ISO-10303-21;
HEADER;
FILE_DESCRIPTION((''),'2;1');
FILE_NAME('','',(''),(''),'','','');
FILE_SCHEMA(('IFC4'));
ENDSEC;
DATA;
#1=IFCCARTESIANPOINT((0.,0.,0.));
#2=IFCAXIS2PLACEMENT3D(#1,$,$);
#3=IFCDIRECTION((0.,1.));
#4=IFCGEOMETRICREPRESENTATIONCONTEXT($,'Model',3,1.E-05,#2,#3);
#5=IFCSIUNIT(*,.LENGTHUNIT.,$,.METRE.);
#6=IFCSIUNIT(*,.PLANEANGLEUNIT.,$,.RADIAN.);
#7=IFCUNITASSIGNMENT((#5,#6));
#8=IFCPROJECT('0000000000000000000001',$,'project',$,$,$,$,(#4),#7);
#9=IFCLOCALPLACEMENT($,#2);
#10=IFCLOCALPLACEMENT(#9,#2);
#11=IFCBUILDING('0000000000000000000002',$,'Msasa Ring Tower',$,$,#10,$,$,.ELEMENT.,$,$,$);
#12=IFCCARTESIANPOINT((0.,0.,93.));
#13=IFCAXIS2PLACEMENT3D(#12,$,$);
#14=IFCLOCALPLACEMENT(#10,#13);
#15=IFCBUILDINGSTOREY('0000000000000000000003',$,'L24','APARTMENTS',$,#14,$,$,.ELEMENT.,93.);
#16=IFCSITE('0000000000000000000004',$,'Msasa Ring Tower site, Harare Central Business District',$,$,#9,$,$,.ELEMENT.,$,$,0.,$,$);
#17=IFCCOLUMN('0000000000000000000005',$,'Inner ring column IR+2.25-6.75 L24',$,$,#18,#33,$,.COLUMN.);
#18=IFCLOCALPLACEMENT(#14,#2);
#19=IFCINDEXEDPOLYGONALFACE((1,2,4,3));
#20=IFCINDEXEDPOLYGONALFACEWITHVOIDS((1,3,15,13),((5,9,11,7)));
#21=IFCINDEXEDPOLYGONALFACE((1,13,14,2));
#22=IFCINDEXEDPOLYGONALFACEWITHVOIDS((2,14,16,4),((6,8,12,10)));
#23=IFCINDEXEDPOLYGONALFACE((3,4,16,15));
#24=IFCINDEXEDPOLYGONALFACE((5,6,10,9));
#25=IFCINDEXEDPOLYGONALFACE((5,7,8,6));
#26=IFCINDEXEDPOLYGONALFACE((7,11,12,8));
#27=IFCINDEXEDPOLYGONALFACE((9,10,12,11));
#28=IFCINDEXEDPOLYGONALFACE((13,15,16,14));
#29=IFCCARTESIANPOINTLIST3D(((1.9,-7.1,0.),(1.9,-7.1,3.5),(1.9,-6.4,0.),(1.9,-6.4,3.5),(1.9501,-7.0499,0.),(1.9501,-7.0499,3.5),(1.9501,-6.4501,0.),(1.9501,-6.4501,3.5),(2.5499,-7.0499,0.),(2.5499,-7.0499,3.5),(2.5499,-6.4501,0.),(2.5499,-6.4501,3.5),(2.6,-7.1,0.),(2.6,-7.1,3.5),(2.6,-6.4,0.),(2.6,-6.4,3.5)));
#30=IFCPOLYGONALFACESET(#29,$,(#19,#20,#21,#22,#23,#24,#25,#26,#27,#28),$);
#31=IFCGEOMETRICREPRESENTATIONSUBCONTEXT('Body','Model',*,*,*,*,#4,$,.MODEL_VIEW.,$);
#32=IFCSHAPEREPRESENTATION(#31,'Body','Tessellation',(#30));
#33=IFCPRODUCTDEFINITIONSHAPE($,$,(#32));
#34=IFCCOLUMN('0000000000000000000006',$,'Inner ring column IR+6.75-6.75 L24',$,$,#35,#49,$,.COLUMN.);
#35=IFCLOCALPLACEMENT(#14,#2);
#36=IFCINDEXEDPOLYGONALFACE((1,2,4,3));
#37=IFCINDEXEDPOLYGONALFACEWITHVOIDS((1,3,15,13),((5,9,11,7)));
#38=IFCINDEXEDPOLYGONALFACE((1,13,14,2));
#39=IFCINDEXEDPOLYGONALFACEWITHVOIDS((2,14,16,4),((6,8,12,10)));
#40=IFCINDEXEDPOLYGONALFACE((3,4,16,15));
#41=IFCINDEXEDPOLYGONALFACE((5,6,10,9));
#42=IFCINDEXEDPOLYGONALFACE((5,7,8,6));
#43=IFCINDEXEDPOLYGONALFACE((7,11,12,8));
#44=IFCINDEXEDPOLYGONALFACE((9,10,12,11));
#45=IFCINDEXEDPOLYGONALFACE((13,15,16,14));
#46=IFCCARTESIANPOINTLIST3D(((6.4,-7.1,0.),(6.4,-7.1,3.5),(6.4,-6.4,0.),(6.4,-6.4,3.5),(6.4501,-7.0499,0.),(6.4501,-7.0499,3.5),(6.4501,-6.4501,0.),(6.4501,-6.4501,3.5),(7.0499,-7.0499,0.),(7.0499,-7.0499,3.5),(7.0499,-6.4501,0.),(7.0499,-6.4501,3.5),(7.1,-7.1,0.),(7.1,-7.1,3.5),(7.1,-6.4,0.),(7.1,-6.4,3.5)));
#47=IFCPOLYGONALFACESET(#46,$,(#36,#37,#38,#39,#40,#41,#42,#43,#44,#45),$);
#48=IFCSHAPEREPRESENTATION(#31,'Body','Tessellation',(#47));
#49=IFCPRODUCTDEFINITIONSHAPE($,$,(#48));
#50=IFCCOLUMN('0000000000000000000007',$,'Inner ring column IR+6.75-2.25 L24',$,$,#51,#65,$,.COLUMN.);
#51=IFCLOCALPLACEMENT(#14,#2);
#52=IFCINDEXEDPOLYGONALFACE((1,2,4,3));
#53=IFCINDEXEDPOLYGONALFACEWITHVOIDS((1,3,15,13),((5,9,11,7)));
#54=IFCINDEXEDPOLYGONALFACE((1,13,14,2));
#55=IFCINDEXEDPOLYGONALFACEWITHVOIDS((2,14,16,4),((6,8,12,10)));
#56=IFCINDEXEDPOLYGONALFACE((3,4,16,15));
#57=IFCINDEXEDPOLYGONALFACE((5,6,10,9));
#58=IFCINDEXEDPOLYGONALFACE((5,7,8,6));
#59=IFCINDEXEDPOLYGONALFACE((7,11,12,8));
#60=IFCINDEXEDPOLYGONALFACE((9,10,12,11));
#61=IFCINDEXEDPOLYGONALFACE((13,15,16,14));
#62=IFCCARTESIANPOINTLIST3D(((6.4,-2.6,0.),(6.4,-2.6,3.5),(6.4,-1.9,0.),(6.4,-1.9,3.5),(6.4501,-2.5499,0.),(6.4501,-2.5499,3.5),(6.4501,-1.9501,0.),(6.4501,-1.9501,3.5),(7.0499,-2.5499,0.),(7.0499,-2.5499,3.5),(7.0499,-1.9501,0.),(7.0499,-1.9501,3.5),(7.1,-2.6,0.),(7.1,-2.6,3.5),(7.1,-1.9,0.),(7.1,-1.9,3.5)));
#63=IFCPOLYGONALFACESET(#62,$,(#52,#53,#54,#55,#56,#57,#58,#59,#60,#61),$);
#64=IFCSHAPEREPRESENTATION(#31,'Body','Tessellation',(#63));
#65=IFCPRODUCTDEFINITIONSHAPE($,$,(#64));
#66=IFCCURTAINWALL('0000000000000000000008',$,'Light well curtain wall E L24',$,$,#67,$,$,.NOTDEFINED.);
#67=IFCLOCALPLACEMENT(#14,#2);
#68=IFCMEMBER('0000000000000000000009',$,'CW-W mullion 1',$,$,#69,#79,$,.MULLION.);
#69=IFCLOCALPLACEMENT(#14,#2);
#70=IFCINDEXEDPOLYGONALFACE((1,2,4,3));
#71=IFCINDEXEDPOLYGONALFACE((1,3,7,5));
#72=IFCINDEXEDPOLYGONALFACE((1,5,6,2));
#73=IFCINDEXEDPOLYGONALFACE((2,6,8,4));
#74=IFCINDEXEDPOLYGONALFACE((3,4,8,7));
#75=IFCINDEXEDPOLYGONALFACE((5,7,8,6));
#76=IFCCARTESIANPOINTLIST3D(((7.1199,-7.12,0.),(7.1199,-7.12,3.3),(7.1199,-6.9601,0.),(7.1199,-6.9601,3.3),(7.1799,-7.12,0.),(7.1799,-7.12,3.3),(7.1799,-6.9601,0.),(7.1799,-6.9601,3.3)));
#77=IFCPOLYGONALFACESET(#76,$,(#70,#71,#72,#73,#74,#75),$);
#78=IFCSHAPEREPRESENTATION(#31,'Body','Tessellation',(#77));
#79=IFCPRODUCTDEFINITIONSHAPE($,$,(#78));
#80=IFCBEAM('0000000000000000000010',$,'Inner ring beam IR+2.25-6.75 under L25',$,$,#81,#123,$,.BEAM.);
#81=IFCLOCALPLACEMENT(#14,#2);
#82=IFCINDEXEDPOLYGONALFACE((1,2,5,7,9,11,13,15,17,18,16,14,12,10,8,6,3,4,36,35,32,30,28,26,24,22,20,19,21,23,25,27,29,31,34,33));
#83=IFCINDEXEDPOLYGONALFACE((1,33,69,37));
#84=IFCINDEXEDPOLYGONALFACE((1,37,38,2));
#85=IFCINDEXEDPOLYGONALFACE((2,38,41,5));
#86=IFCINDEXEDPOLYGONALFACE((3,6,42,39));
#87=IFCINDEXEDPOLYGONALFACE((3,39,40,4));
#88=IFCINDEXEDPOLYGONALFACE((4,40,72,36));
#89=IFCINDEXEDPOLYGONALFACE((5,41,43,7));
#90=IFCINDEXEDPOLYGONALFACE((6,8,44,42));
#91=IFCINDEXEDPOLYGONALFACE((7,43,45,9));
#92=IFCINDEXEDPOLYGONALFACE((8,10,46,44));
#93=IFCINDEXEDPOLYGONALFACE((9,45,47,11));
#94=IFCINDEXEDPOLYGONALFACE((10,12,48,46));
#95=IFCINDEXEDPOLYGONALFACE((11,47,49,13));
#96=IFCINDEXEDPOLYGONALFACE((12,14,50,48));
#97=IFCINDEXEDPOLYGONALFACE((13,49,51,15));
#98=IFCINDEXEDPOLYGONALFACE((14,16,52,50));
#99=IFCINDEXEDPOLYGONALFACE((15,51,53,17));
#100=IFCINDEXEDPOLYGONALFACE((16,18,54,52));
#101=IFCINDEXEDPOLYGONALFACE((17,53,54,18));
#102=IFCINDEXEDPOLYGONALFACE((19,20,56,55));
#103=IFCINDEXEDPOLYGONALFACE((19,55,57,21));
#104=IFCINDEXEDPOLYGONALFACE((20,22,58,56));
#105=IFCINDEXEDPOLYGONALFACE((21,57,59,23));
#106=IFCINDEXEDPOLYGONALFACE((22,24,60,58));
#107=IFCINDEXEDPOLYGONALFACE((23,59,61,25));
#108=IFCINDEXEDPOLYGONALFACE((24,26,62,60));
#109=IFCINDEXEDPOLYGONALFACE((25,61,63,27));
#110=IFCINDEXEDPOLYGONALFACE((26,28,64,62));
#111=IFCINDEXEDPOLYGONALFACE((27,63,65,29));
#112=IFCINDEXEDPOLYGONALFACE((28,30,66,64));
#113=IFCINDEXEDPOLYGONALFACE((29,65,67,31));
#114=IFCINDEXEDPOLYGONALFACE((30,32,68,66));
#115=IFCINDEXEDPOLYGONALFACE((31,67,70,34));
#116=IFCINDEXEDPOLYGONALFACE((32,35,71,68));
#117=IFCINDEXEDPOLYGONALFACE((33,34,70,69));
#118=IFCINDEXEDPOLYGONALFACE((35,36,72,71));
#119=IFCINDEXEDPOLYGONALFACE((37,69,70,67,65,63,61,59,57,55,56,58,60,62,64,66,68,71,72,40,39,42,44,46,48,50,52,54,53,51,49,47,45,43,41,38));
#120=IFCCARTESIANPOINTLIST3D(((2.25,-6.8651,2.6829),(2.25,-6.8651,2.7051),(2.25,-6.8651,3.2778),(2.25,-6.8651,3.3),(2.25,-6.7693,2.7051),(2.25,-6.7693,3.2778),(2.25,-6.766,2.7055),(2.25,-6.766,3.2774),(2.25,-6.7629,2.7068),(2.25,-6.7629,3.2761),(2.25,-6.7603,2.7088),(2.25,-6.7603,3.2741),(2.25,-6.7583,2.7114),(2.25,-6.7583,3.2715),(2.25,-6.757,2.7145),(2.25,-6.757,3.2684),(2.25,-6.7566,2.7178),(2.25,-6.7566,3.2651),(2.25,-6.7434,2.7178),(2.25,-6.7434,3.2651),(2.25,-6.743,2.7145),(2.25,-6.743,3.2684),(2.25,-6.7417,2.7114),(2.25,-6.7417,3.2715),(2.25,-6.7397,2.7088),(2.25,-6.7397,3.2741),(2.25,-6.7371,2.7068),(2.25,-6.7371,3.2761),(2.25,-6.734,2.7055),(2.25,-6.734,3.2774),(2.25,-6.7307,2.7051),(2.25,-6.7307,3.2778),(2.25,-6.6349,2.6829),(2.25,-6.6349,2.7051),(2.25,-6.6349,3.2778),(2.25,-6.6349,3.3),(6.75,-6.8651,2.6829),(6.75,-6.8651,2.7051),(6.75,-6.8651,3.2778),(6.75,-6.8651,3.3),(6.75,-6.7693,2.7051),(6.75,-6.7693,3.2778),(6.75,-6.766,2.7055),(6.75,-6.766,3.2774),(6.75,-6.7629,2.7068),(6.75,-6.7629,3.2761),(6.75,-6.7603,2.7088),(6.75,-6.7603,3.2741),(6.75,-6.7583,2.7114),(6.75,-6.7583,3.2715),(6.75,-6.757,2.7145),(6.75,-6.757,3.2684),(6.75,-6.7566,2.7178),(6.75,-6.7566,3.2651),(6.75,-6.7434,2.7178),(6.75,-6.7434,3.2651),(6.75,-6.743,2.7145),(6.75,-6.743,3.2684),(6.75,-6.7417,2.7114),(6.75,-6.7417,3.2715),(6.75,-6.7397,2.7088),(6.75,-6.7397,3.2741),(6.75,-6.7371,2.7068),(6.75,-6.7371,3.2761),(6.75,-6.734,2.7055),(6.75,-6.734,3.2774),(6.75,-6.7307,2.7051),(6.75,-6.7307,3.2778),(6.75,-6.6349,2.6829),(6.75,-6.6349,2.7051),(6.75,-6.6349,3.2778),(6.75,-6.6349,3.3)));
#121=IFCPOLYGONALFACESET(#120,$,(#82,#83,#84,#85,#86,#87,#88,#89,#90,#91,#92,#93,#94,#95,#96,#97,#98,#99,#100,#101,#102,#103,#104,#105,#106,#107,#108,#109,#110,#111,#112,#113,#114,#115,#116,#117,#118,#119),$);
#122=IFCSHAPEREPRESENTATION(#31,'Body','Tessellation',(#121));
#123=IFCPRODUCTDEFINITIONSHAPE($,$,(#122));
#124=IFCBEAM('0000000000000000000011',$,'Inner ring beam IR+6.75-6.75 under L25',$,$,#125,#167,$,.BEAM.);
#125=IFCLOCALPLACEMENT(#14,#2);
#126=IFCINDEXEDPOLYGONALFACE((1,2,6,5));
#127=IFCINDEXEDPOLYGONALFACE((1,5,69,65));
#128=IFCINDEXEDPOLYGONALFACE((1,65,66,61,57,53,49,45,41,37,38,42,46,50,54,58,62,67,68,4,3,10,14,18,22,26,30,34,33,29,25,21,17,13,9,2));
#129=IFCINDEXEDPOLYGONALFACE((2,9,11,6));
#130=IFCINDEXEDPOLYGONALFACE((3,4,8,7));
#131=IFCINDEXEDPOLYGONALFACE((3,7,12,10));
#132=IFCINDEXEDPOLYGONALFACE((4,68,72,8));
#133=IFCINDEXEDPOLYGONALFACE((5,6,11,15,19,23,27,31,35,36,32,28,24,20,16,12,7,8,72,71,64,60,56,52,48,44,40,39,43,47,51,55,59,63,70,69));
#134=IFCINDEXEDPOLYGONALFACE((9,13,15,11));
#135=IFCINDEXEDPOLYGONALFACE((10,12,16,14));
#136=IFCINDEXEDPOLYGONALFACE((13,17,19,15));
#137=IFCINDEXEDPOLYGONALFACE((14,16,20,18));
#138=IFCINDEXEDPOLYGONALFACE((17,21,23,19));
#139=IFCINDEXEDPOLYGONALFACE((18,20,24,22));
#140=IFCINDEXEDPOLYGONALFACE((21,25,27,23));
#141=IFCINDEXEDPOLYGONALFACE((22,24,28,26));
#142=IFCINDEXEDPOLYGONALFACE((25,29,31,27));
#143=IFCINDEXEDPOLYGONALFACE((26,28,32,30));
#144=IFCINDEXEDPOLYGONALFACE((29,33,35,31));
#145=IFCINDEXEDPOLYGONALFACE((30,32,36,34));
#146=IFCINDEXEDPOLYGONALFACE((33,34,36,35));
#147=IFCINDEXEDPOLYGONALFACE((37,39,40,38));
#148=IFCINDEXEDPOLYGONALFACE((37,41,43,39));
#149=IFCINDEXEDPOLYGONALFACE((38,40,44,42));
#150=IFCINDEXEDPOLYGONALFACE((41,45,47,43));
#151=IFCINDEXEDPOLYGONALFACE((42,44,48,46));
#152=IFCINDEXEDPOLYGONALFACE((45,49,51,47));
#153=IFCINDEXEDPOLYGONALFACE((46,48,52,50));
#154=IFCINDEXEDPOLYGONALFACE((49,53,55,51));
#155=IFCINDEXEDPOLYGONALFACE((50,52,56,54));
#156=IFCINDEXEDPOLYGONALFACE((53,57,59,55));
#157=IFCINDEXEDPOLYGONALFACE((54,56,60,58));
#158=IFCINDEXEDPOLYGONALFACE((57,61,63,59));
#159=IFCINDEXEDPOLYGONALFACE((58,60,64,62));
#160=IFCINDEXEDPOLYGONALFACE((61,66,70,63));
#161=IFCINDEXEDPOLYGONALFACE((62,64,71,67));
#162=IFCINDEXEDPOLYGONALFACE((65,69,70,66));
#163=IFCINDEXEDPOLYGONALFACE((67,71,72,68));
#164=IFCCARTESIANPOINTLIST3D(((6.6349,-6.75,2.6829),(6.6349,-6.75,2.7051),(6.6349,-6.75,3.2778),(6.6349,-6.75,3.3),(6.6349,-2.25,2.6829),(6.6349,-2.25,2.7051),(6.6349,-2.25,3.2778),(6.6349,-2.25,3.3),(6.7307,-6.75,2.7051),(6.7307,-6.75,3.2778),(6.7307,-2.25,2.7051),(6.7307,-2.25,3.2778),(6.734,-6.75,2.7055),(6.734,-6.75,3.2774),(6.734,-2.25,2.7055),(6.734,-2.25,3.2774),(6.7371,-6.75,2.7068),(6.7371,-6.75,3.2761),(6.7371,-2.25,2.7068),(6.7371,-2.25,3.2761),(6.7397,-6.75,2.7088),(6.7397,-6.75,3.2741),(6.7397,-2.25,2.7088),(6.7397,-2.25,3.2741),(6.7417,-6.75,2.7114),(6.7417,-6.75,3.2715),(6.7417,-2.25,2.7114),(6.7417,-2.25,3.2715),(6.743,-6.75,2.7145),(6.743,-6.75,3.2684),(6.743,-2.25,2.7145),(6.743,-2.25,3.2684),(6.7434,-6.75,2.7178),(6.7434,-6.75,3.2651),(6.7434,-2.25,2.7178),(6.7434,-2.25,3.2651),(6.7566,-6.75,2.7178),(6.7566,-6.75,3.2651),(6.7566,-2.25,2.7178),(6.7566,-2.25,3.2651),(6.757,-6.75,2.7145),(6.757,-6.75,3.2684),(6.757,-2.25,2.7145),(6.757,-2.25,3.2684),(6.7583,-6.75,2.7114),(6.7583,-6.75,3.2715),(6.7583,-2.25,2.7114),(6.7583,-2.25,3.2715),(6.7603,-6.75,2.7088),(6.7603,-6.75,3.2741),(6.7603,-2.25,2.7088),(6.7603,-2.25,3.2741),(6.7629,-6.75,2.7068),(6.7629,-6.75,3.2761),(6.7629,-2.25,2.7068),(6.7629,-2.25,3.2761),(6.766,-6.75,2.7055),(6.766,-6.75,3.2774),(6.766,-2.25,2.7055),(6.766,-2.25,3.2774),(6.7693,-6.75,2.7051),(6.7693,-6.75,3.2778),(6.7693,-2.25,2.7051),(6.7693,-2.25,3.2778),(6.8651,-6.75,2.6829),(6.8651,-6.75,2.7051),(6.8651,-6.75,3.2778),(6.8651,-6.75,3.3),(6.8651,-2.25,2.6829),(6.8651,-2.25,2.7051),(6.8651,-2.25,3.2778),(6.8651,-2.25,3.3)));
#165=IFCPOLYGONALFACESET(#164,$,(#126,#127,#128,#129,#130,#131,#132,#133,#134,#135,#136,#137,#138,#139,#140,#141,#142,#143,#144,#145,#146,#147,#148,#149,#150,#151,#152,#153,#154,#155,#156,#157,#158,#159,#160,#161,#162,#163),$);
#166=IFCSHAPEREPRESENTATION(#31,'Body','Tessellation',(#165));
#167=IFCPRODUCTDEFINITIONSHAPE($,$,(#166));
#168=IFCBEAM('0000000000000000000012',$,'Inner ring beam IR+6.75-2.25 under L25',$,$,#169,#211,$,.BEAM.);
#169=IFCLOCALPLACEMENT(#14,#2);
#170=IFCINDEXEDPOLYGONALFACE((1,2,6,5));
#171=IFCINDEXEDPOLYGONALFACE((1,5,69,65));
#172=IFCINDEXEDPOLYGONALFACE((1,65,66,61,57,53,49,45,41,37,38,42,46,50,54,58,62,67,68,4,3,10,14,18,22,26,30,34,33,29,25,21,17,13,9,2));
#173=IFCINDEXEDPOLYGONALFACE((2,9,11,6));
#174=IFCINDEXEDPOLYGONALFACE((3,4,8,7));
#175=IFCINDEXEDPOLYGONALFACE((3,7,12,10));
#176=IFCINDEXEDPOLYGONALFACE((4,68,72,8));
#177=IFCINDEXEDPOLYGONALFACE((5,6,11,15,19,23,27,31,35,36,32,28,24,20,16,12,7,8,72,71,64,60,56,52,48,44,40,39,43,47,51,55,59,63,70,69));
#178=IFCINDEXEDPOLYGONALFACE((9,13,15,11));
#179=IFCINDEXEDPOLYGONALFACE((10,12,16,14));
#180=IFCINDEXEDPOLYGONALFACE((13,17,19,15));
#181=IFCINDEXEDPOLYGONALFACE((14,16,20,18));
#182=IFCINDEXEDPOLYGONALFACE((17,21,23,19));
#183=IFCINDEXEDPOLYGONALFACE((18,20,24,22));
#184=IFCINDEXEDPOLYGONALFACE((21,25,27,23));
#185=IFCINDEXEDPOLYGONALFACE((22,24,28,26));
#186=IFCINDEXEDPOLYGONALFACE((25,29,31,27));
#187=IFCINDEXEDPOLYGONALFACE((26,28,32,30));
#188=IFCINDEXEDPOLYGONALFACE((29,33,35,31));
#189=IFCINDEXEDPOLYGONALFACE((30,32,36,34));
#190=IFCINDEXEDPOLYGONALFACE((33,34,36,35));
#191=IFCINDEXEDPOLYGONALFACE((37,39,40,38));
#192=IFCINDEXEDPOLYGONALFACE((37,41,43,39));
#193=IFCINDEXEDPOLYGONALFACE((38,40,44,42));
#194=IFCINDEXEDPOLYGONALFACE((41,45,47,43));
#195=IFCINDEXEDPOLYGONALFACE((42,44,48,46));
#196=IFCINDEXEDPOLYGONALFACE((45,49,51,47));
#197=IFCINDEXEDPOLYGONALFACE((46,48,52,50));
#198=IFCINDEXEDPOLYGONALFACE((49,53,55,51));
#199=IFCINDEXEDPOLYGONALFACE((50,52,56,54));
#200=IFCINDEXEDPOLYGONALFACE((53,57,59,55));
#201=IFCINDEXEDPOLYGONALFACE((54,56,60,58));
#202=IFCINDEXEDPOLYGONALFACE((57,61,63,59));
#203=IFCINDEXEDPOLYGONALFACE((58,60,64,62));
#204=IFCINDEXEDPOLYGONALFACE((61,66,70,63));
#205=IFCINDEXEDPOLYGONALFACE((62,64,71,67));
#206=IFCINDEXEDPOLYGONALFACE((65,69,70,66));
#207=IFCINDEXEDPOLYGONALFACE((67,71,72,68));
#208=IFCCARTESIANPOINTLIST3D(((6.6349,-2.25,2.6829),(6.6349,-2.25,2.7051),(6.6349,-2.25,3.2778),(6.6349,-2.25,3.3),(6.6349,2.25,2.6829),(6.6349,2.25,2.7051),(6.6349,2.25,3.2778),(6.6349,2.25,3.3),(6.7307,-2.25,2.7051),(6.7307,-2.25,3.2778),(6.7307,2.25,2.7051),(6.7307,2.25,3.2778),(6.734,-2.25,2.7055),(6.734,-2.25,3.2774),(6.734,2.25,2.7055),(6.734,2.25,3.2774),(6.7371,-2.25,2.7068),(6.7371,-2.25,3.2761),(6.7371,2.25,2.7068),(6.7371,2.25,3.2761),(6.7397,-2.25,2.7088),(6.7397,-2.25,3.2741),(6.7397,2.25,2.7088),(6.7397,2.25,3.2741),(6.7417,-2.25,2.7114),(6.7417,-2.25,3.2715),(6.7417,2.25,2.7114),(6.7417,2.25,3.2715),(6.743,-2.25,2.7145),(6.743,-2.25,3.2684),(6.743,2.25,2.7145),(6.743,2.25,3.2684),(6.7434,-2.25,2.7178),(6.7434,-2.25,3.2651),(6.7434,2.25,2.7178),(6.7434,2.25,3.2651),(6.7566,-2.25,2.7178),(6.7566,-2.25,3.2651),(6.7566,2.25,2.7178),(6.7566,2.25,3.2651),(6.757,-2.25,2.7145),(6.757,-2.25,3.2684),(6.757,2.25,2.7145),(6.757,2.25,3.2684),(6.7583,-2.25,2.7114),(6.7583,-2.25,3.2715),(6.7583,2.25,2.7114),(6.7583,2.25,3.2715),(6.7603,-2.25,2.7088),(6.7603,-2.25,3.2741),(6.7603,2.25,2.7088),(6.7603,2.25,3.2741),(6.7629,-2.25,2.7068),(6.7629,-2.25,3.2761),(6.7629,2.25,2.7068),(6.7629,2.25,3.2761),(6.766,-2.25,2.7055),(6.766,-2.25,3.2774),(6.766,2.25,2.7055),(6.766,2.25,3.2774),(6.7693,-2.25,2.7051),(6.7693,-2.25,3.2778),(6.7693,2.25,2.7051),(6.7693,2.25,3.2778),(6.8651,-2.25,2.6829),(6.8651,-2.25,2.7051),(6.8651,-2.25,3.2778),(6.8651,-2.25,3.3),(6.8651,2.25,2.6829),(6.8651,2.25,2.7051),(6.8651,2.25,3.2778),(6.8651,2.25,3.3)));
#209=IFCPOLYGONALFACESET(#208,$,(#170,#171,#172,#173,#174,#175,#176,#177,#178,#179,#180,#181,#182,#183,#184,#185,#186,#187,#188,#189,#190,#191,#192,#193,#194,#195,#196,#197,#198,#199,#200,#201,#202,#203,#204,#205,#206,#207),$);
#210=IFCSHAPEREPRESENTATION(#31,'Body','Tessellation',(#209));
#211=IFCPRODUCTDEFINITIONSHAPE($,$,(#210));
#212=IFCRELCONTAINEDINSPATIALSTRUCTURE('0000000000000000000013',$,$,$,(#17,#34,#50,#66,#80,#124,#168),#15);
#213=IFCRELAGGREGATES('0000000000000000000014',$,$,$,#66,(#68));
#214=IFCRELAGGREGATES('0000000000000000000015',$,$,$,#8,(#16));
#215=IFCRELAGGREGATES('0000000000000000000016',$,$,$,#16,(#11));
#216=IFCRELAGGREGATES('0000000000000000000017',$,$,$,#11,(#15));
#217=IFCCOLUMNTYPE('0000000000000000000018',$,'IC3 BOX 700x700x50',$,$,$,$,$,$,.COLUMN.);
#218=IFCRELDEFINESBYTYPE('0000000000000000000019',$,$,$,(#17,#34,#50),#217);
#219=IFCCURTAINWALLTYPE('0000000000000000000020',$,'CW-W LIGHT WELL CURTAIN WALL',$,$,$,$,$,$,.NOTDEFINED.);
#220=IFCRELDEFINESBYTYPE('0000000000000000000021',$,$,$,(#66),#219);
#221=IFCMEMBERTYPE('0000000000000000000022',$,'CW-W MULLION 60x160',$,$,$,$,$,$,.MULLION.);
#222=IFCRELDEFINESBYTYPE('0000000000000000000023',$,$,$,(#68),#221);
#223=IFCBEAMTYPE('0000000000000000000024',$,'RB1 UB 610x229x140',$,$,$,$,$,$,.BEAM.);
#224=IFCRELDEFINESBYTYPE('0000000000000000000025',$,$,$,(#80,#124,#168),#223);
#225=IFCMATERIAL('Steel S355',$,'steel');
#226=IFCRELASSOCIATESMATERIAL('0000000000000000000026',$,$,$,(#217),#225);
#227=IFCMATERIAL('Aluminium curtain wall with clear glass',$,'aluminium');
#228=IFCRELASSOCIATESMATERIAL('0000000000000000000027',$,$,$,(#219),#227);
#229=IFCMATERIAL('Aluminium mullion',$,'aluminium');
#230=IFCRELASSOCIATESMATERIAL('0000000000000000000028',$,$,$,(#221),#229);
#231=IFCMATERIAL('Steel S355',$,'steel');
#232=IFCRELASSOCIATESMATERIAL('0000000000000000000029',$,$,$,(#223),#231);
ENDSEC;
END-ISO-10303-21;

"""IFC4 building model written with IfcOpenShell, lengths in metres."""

from ifc_helpers import new_model, si_unit, direction, frame, origin, origin_2d, place, context, subcontext, project, spatial, rectangle, hollow_rectangle, i_section, extrude, material, material_profile, profile_set, type_object, element, aggregate, save


model = new_model("IFC4")

# Units and contexts
model_context = context("Model", 3, precision=1e-05, world=origin(), true_north=direction((0.0, 1.0)))
body_context = subcontext(model_context, "Body", "Model", "MODEL_VIEW")
ifc_project = project(units=[si_unit("LENGTHUNIT", "METRE"), si_unit("PLANEANGLEUNIT", "RADIAN")], contexts=[model_context])

# Site, building, storey
site_placement = place(None, origin())
site = spatial("IfcSite", under=ifc_project, at=site_placement, Name="Msasa Ring Tower site, Harare Central Business District", CompositionType="ELEMENT", RefElevation=0.0)
building_placement = place(site_placement, origin())
building = spatial("IfcBuilding", under=site, at=building_placement, Name="Msasa Ring Tower", CompositionType="ELEMENT")
storey_placement = place(building_placement, frame((0.0, 0.0, 93.0)))
storey = spatial("IfcBuildingStorey", under=building, at=storey_placement, Name="L24", Description="APARTMENTS", CompositionType="ELEMENT", Elevation=93.0)

# Columns
ifc_material_1 = material(Name="Steel S355", Category="steel")
ifc_material_profile_1 = material_profile(ifc_material_1, hollow_rectangle(XDim=0.7, YDim=0.7, WallThickness=0.05, at=origin_2d()), Name="BOX 700x700x50")
ifc_profile_set_1 = profile_set([ifc_material_profile_1], Name="Steel S355")
column_type = type_object("IfcColumnType", Name="IC3 BOX 700x700x50", PredefinedType="COLUMN", material=ifc_profile_set_1)
for number, where, z_axis, x_axis, name in (
    (1, (2.25, -6.75, 0.0), (0.0, 0.0, 1.0), (1.0, 0.0, 0.0), "Inner ring column IR+2.25-6.75 L24"),
    (2, (6.75, -6.75, 0.0), (0.0, 0.0, 1.0), (1.0, 0.0, 0.0), "Inner ring column IR+6.75-6.75 L24"),
    (3, (6.75, -2.25, 0.0), (0.0, 0.0, 1.0), (1.0, 0.0, 0.0), "Inner ring column IR+6.75-2.25 L24"),
):
    element("IfcColumn", number, at=place(storey_placement, frame(where, z_axis=z_axis, x_axis=x_axis)), inside=storey, type_object=column_type, Name=name, PredefinedType="COLUMN", context=body_context, shape_type="SweptSolid", body=[
        extrude(hollow_rectangle(XDim=0.7, YDim=0.7, WallThickness=0.05, at=origin_2d()), origin(), (0.0, 0.0, 1.0), 3.5),
    ])

# Curtain wall, member
ifc_material_2 = material(Name="Aluminium curtain wall with clear glass", Category="aluminium")
curtain_wall_type = type_object("IfcCurtainWallType", Name="CW-W LIGHT WELL CURTAIN WALL", PredefinedType="NOTDEFINED", material=ifc_material_2)
curtain_wall_1_placement = place(storey_placement, origin())
curtain_wall_1 = element("IfcCurtainWall", 4, at=curtain_wall_1_placement, inside=storey, type_object=curtain_wall_type, Name="Light well curtain wall E L24", PredefinedType="NOTDEFINED")
ifc_material_3 = material(Name="Aluminium mullion", Category="aluminium")
ifc_material_profile_2 = material_profile(ifc_material_3, rectangle(XDim=0.0601, YDim=0.1599, at=origin_2d()), Name="AL 60x160")
ifc_profile_set_2 = profile_set([ifc_material_profile_2], Name="Aluminium mullion")
member_type = type_object("IfcMemberType", Name="CW-W MULLION 60x160", PredefinedType="MULLION", material=ifc_profile_set_2)
member_placement = place(storey_placement, frame((7.1499, -7.04, 0.0), z_axis=(0.0, 0.0, 1.0), x_axis=(-1.0, 0.0, 0.0)))
member = element("IfcMember", 5, at=member_placement, type_object=member_type, Name="CW-W mullion 1", PredefinedType="MULLION", context=body_context, shape_type="SweptSolid", body=[
    extrude(rectangle(XDim=0.0601, YDim=0.1599, at=origin_2d()), origin(), (0.0, 0.0, 1.0), 3.3),
])
aggregate(curtain_wall_1, [member])

# Beams
ifc_material_4 = material(Name="Steel S355", Category="steel")
ifc_material_profile_3 = material_profile(ifc_material_4, i_section(OverallWidth=0.2302, OverallDepth=0.6172, WebThickness=0.0132, FlangeThickness=0.0222, FilletRadius=0.0127, at=origin_2d()), Name="UB 610x229x140")
ifc_profile_set_3 = profile_set([ifc_material_profile_3], Name="Steel S355")
beam_type = type_object("IfcBeamType", Name="RB1 UB 610x229x140", PredefinedType="BEAM", material=ifc_profile_set_3)
for number, where, z_axis, x_axis, name in (
    (6, (2.25, -6.75, 2.9915), (1.0, 0.0, 0.0), (0.0, 1.0, 0.0), "Inner ring beam IR+2.25-6.75 under L25"),
    (7, (6.75, -6.75, 2.9915), (0.0, 1.0, 0.0), (-1.0, 0.0, 0.0), "Inner ring beam IR+6.75-6.75 under L25"),
    (8, (6.75, -2.25, 2.9915), (0.0, 1.0, 0.0), (-1.0, 0.0, 0.0), "Inner ring beam IR+6.75-2.25 under L25"),
):
    element("IfcBeam", number, at=place(storey_placement, frame(where, z_axis=z_axis, x_axis=x_axis)), inside=storey, type_object=beam_type, Name=name, PredefinedType="BEAM", context=body_context, shape_type="SweptSolid", body=[
        extrude(i_section(OverallWidth=0.2302, OverallDepth=0.6172, WebThickness=0.0132, FlangeThickness=0.0222, FilletRadius=0.0127, at=origin_2d()), origin(), (0.0, 0.0, 1.0), 4.5),
    ])

save(model, "model.ifc")
